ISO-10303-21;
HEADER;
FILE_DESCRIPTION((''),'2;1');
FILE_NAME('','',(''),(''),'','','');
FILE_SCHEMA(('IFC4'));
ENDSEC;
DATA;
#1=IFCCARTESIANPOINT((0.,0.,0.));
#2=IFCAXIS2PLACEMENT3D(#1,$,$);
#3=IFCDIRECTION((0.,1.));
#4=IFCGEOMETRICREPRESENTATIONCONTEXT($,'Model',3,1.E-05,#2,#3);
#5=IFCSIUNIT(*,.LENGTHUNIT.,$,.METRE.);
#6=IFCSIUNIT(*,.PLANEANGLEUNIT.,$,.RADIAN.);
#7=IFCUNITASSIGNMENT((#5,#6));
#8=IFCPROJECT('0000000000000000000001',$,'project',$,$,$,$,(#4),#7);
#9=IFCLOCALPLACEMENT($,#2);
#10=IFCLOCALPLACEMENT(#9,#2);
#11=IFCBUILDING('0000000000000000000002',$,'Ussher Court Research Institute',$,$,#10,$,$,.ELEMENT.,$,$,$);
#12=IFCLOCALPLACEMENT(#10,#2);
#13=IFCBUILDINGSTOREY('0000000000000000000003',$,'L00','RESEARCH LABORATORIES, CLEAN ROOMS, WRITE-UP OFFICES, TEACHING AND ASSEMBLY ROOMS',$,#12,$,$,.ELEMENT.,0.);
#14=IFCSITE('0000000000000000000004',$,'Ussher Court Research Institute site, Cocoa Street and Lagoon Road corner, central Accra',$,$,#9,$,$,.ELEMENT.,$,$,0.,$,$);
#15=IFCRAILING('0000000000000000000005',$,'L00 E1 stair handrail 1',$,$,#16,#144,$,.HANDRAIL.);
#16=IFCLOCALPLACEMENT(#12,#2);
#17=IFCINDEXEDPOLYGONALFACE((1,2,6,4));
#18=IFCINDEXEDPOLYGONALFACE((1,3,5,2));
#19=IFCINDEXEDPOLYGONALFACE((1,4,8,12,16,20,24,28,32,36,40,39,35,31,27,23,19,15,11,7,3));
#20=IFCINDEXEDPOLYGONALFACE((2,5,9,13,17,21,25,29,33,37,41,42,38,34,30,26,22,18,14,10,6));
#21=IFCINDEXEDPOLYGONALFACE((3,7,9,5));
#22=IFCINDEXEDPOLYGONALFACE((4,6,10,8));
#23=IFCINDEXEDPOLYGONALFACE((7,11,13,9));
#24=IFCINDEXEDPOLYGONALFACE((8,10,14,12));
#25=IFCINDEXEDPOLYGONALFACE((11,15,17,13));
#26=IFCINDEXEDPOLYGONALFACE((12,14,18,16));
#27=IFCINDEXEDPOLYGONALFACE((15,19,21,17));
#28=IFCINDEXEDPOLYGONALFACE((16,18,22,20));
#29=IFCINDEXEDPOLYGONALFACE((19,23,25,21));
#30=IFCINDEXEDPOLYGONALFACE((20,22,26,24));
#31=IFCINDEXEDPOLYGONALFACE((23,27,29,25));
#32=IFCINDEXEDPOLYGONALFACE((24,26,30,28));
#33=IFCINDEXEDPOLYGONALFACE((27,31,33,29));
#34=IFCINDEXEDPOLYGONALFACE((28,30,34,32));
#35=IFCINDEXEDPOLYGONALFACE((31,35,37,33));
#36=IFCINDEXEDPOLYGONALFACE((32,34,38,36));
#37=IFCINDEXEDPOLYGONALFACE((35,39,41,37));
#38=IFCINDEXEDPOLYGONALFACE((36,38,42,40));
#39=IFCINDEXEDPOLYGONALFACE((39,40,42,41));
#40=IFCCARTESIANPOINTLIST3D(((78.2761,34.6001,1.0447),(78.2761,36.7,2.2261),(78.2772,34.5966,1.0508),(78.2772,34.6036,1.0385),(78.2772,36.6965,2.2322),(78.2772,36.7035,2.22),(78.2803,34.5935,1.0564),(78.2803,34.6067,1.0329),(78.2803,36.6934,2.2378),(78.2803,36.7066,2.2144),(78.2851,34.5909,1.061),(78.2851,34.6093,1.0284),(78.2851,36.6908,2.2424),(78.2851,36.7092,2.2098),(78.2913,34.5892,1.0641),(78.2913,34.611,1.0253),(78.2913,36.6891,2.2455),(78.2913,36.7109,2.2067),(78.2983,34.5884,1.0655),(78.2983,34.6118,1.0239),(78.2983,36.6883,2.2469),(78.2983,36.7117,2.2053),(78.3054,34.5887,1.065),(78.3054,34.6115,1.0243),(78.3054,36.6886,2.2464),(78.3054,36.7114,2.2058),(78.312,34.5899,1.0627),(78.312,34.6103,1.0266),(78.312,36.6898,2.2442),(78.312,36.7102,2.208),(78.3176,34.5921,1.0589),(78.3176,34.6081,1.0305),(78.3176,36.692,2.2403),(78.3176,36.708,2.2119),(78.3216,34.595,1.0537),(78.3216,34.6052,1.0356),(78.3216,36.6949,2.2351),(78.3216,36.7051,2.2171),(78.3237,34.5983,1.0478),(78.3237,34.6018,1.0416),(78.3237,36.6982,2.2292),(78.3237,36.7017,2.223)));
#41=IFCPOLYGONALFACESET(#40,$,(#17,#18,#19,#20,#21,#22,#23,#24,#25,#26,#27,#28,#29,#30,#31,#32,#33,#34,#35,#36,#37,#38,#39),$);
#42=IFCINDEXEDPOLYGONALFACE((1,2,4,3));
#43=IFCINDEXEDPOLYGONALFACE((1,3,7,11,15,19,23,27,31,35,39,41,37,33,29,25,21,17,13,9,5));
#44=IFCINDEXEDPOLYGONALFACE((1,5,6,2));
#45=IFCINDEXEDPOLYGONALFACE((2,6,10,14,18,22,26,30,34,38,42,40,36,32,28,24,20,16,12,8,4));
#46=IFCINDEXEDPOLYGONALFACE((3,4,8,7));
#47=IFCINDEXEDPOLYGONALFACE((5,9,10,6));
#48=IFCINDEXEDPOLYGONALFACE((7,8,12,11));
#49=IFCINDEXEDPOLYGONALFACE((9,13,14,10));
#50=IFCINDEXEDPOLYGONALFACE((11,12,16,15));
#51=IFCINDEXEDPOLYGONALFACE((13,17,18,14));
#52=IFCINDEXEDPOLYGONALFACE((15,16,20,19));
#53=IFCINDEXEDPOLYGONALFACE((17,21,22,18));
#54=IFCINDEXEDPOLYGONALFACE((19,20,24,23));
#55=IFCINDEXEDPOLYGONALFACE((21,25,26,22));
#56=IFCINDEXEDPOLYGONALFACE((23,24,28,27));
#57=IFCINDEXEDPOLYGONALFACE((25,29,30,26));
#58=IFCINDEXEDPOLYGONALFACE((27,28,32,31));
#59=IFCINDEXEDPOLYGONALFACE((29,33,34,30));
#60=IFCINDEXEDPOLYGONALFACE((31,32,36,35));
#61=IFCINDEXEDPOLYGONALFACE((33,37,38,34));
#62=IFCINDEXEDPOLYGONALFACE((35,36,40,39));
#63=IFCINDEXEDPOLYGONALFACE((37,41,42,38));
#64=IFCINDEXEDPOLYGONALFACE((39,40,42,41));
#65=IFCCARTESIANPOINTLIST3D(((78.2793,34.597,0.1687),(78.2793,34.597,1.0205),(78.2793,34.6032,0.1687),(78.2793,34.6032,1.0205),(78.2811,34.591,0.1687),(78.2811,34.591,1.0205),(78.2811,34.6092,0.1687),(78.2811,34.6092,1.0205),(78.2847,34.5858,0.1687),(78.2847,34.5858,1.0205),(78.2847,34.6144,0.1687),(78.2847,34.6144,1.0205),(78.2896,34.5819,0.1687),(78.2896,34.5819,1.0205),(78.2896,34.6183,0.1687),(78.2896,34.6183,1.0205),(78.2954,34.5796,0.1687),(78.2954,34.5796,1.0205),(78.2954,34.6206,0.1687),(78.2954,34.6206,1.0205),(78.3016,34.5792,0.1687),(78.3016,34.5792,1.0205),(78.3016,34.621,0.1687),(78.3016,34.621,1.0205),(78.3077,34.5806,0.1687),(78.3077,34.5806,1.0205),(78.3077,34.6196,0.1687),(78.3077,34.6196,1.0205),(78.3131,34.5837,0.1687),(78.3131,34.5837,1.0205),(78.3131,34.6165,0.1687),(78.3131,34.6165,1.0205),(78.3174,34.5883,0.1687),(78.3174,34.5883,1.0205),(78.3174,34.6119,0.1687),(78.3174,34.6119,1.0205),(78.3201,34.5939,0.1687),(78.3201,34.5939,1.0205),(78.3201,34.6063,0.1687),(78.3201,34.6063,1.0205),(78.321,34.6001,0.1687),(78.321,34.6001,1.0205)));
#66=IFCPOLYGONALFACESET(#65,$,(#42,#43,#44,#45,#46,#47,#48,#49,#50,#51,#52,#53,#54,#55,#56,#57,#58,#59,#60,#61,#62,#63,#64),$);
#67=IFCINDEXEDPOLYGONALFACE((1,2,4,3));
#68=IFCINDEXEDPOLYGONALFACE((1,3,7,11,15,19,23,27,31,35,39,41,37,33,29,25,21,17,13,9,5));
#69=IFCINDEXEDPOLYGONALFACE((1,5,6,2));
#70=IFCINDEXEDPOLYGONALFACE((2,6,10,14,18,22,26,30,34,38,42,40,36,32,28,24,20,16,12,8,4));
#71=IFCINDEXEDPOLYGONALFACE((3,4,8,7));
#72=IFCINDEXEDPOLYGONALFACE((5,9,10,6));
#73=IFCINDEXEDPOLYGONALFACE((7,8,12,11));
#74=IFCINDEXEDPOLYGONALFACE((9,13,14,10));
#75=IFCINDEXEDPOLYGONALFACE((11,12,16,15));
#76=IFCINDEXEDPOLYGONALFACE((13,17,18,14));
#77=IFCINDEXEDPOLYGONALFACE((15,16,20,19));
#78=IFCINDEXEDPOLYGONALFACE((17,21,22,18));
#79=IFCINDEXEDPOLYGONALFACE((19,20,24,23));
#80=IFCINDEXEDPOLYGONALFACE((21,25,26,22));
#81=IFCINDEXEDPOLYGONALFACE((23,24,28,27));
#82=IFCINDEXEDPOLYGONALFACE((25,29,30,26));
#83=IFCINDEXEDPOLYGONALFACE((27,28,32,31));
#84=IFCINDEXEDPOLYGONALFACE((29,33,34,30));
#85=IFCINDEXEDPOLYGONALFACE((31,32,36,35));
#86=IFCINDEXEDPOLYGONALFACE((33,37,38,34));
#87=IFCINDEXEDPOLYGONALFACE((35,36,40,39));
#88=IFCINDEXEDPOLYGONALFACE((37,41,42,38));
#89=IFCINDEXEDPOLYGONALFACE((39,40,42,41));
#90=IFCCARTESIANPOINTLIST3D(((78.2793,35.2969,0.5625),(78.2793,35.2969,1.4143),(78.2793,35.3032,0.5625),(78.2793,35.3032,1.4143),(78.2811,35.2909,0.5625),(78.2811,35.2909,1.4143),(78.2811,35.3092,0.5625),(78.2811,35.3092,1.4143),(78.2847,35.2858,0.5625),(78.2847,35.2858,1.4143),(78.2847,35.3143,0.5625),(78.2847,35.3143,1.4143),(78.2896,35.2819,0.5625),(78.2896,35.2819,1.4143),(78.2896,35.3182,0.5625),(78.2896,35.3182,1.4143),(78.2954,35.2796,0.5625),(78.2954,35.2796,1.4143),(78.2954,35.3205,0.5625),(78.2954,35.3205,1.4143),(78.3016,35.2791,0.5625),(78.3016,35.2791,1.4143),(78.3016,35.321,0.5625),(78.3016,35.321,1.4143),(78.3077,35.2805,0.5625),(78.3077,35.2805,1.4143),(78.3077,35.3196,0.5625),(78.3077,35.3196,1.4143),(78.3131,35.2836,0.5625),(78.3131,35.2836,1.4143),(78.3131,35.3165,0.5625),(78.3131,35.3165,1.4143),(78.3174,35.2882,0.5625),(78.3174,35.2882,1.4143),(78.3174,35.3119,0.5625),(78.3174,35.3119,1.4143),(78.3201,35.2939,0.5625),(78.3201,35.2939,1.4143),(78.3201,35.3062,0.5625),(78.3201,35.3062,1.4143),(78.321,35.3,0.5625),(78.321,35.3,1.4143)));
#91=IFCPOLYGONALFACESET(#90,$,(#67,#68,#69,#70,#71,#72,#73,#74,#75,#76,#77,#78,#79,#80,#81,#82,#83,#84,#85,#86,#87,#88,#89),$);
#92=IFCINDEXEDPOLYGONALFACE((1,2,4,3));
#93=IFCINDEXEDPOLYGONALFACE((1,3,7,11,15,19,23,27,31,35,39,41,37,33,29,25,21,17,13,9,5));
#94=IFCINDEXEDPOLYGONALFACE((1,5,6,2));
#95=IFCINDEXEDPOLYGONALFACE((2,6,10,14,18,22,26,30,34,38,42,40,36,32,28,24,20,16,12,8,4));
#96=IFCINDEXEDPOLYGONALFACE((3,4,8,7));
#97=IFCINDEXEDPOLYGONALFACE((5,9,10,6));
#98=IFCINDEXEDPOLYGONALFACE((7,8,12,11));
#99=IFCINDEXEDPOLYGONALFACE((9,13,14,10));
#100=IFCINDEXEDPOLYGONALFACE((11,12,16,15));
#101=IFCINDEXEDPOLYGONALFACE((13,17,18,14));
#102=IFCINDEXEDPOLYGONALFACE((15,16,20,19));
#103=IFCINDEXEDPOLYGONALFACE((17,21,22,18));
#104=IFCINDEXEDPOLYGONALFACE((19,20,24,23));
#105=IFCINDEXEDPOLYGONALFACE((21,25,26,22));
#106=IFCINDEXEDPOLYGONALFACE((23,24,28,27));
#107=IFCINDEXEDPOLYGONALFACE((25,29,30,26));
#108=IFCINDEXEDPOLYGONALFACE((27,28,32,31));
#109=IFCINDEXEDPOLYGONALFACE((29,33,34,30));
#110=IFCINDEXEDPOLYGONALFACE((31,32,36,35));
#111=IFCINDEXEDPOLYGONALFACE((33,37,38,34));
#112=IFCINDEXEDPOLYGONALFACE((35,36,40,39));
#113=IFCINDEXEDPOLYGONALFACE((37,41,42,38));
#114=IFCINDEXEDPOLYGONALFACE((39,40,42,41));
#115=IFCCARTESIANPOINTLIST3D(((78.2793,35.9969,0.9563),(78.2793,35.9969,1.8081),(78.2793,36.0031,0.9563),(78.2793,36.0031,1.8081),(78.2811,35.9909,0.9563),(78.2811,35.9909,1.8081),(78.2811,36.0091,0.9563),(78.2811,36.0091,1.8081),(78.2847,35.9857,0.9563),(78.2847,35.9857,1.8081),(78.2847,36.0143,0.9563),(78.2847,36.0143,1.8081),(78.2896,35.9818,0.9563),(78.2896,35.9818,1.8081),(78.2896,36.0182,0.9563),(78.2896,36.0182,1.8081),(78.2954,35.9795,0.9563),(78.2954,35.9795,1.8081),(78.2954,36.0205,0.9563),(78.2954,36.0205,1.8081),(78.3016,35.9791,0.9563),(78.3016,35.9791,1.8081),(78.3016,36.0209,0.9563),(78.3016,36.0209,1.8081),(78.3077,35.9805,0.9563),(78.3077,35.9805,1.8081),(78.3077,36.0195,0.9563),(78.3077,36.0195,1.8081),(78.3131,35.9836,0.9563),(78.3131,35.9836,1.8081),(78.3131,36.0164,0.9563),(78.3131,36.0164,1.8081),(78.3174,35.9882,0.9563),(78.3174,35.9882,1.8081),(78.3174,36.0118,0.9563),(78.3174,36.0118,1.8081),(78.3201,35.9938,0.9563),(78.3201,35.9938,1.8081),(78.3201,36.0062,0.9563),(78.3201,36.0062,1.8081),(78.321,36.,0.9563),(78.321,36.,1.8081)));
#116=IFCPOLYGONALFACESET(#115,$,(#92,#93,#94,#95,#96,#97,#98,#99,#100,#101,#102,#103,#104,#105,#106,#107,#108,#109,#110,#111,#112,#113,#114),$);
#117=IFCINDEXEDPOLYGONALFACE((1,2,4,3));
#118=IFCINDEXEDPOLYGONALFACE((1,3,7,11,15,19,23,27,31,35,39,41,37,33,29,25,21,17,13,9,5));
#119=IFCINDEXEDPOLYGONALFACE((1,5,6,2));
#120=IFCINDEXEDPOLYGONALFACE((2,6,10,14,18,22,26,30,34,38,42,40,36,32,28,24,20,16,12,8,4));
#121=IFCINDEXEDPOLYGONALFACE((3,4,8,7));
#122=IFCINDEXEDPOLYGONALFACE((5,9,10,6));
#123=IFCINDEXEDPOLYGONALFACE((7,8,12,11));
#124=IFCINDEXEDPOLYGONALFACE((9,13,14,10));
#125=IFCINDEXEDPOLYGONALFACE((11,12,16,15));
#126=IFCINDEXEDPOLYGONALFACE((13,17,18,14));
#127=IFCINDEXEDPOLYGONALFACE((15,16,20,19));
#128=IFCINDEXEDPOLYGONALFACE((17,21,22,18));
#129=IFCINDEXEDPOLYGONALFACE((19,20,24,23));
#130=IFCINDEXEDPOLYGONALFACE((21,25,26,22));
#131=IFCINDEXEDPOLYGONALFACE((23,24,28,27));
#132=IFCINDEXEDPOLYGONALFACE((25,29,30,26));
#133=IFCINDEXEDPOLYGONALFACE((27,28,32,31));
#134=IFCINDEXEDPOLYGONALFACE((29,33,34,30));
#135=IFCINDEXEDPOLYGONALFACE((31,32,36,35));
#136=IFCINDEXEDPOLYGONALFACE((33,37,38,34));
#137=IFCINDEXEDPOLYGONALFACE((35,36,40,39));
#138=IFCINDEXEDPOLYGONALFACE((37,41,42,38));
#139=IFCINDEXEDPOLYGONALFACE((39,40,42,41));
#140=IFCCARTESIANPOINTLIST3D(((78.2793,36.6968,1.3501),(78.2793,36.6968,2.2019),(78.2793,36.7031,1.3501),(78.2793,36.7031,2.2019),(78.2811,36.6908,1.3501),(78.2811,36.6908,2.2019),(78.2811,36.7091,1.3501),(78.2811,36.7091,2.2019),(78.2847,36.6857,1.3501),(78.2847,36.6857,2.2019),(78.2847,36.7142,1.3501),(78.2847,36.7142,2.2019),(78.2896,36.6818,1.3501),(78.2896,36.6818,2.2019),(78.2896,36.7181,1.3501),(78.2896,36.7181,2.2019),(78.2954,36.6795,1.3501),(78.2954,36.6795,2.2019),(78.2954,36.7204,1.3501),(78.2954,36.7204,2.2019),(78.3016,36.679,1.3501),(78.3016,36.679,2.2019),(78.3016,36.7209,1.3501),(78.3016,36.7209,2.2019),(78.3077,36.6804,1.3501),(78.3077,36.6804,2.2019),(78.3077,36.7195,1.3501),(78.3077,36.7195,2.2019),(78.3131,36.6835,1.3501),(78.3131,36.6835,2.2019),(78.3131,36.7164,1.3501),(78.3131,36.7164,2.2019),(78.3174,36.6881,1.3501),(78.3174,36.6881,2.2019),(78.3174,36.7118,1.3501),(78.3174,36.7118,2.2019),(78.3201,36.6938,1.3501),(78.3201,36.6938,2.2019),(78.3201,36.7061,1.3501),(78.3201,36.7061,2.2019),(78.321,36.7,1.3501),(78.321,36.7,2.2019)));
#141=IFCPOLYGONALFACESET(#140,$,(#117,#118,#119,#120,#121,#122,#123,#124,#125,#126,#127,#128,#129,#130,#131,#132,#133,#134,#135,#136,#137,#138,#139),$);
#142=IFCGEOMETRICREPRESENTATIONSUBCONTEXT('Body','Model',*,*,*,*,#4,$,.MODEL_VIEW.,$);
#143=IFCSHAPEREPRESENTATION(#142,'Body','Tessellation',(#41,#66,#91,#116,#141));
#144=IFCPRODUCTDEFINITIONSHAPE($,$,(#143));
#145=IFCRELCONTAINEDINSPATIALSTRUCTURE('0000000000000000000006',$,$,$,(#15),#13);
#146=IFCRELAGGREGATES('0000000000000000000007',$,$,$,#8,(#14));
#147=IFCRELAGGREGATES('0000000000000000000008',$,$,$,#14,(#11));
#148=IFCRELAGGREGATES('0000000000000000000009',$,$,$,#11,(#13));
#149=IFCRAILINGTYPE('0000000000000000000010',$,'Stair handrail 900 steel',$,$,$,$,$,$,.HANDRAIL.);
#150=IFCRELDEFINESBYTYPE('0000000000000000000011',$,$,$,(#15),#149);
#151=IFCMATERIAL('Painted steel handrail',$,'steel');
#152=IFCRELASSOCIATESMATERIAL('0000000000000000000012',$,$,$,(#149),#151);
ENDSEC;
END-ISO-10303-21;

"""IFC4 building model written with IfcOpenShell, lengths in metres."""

from ifc_helpers import new_model, si_unit, direction, frame, origin, origin_2d, place, context, subcontext, project, spatial, circle, extrude, material, type_object, element, save


model = new_model("IFC4")

# Units and contexts
model_context = context("Model", 3, precision=1e-05, world=origin(), true_north=direction((0.0, 1.0)))
body_context = subcontext(model_context, "Body", "Model", "MODEL_VIEW")
ifc_project = project(units=[si_unit("LENGTHUNIT", "METRE"), si_unit("PLANEANGLEUNIT", "RADIAN")], contexts=[model_context])

# Site, building, storey
site_placement = place(None, origin())
site = spatial("IfcSite", under=ifc_project, at=site_placement, Name="Ussher Court Research Institute site, Cocoa Street and Lagoon Road corner, central Accra", CompositionType="ELEMENT", RefElevation=0.0)
building_placement = place(site_placement, origin())
building = spatial("IfcBuilding", under=site, at=building_placement, Name="Ussher Court Research Institute", CompositionType="ELEMENT")
storey_placement = place(building_placement, origin())
storey = spatial("IfcBuildingStorey", under=building, at=storey_placement, Name="L00", Description="RESEARCH LABORATORIES, CLEAN ROOMS, WRITE-UP OFFICES, TEACHING AND ASSEMBLY ROOMS", CompositionType="ELEMENT", Elevation=0.0)

# Railing
ifc_material_1 = material(Name="Painted steel handrail", Category="steel")
railing_type_1 = type_object("IfcRailingType", Name="Stair handrail 900 steel", PredefinedType="HANDRAIL", material=ifc_material_1)
for number, where, name in (
    (1, (78.3, 34.6001, 0.1687), "L00 E1 stair handrail 1"),
):
    element("IfcRailing", number, at=place(storey_placement, frame(where)), inside=storey, type_object=railing_type_1, Name=name, PredefinedType="HANDRAIL", context=body_context, shape_type="SweptSolid", body=[
        extrude(circle(Radius=0.0239, at=origin_2d()), frame((0.0, 0.0, 0.876), z_axis=(0.0, 0.871535, 0.490333), x_axis=(-1.0, 0.0, 0.0)), (0.0, 0.0, 1.0), 2.4094),
        extrude(circle(Radius=0.021, at=origin_2d()), origin(), (0.0, 0.0, 1.0), 0.8518),
        extrude(circle(Radius=0.021, at=origin_2d()), frame((0.0, 0.7, 0.3938)), (0.0, 0.0, 1.0), 0.8518),
        extrude(circle(Radius=0.021, at=origin_2d()), frame((0.0, 1.3999, 0.7876)), (0.0, 0.0, 1.0), 0.8518),
        extrude(circle(Radius=0.021, at=origin_2d()), frame((0.0, 2.0999, 1.1814)), (0.0, 0.0, 1.0), 0.8518),
    ])

save(model, "model.ifc")
